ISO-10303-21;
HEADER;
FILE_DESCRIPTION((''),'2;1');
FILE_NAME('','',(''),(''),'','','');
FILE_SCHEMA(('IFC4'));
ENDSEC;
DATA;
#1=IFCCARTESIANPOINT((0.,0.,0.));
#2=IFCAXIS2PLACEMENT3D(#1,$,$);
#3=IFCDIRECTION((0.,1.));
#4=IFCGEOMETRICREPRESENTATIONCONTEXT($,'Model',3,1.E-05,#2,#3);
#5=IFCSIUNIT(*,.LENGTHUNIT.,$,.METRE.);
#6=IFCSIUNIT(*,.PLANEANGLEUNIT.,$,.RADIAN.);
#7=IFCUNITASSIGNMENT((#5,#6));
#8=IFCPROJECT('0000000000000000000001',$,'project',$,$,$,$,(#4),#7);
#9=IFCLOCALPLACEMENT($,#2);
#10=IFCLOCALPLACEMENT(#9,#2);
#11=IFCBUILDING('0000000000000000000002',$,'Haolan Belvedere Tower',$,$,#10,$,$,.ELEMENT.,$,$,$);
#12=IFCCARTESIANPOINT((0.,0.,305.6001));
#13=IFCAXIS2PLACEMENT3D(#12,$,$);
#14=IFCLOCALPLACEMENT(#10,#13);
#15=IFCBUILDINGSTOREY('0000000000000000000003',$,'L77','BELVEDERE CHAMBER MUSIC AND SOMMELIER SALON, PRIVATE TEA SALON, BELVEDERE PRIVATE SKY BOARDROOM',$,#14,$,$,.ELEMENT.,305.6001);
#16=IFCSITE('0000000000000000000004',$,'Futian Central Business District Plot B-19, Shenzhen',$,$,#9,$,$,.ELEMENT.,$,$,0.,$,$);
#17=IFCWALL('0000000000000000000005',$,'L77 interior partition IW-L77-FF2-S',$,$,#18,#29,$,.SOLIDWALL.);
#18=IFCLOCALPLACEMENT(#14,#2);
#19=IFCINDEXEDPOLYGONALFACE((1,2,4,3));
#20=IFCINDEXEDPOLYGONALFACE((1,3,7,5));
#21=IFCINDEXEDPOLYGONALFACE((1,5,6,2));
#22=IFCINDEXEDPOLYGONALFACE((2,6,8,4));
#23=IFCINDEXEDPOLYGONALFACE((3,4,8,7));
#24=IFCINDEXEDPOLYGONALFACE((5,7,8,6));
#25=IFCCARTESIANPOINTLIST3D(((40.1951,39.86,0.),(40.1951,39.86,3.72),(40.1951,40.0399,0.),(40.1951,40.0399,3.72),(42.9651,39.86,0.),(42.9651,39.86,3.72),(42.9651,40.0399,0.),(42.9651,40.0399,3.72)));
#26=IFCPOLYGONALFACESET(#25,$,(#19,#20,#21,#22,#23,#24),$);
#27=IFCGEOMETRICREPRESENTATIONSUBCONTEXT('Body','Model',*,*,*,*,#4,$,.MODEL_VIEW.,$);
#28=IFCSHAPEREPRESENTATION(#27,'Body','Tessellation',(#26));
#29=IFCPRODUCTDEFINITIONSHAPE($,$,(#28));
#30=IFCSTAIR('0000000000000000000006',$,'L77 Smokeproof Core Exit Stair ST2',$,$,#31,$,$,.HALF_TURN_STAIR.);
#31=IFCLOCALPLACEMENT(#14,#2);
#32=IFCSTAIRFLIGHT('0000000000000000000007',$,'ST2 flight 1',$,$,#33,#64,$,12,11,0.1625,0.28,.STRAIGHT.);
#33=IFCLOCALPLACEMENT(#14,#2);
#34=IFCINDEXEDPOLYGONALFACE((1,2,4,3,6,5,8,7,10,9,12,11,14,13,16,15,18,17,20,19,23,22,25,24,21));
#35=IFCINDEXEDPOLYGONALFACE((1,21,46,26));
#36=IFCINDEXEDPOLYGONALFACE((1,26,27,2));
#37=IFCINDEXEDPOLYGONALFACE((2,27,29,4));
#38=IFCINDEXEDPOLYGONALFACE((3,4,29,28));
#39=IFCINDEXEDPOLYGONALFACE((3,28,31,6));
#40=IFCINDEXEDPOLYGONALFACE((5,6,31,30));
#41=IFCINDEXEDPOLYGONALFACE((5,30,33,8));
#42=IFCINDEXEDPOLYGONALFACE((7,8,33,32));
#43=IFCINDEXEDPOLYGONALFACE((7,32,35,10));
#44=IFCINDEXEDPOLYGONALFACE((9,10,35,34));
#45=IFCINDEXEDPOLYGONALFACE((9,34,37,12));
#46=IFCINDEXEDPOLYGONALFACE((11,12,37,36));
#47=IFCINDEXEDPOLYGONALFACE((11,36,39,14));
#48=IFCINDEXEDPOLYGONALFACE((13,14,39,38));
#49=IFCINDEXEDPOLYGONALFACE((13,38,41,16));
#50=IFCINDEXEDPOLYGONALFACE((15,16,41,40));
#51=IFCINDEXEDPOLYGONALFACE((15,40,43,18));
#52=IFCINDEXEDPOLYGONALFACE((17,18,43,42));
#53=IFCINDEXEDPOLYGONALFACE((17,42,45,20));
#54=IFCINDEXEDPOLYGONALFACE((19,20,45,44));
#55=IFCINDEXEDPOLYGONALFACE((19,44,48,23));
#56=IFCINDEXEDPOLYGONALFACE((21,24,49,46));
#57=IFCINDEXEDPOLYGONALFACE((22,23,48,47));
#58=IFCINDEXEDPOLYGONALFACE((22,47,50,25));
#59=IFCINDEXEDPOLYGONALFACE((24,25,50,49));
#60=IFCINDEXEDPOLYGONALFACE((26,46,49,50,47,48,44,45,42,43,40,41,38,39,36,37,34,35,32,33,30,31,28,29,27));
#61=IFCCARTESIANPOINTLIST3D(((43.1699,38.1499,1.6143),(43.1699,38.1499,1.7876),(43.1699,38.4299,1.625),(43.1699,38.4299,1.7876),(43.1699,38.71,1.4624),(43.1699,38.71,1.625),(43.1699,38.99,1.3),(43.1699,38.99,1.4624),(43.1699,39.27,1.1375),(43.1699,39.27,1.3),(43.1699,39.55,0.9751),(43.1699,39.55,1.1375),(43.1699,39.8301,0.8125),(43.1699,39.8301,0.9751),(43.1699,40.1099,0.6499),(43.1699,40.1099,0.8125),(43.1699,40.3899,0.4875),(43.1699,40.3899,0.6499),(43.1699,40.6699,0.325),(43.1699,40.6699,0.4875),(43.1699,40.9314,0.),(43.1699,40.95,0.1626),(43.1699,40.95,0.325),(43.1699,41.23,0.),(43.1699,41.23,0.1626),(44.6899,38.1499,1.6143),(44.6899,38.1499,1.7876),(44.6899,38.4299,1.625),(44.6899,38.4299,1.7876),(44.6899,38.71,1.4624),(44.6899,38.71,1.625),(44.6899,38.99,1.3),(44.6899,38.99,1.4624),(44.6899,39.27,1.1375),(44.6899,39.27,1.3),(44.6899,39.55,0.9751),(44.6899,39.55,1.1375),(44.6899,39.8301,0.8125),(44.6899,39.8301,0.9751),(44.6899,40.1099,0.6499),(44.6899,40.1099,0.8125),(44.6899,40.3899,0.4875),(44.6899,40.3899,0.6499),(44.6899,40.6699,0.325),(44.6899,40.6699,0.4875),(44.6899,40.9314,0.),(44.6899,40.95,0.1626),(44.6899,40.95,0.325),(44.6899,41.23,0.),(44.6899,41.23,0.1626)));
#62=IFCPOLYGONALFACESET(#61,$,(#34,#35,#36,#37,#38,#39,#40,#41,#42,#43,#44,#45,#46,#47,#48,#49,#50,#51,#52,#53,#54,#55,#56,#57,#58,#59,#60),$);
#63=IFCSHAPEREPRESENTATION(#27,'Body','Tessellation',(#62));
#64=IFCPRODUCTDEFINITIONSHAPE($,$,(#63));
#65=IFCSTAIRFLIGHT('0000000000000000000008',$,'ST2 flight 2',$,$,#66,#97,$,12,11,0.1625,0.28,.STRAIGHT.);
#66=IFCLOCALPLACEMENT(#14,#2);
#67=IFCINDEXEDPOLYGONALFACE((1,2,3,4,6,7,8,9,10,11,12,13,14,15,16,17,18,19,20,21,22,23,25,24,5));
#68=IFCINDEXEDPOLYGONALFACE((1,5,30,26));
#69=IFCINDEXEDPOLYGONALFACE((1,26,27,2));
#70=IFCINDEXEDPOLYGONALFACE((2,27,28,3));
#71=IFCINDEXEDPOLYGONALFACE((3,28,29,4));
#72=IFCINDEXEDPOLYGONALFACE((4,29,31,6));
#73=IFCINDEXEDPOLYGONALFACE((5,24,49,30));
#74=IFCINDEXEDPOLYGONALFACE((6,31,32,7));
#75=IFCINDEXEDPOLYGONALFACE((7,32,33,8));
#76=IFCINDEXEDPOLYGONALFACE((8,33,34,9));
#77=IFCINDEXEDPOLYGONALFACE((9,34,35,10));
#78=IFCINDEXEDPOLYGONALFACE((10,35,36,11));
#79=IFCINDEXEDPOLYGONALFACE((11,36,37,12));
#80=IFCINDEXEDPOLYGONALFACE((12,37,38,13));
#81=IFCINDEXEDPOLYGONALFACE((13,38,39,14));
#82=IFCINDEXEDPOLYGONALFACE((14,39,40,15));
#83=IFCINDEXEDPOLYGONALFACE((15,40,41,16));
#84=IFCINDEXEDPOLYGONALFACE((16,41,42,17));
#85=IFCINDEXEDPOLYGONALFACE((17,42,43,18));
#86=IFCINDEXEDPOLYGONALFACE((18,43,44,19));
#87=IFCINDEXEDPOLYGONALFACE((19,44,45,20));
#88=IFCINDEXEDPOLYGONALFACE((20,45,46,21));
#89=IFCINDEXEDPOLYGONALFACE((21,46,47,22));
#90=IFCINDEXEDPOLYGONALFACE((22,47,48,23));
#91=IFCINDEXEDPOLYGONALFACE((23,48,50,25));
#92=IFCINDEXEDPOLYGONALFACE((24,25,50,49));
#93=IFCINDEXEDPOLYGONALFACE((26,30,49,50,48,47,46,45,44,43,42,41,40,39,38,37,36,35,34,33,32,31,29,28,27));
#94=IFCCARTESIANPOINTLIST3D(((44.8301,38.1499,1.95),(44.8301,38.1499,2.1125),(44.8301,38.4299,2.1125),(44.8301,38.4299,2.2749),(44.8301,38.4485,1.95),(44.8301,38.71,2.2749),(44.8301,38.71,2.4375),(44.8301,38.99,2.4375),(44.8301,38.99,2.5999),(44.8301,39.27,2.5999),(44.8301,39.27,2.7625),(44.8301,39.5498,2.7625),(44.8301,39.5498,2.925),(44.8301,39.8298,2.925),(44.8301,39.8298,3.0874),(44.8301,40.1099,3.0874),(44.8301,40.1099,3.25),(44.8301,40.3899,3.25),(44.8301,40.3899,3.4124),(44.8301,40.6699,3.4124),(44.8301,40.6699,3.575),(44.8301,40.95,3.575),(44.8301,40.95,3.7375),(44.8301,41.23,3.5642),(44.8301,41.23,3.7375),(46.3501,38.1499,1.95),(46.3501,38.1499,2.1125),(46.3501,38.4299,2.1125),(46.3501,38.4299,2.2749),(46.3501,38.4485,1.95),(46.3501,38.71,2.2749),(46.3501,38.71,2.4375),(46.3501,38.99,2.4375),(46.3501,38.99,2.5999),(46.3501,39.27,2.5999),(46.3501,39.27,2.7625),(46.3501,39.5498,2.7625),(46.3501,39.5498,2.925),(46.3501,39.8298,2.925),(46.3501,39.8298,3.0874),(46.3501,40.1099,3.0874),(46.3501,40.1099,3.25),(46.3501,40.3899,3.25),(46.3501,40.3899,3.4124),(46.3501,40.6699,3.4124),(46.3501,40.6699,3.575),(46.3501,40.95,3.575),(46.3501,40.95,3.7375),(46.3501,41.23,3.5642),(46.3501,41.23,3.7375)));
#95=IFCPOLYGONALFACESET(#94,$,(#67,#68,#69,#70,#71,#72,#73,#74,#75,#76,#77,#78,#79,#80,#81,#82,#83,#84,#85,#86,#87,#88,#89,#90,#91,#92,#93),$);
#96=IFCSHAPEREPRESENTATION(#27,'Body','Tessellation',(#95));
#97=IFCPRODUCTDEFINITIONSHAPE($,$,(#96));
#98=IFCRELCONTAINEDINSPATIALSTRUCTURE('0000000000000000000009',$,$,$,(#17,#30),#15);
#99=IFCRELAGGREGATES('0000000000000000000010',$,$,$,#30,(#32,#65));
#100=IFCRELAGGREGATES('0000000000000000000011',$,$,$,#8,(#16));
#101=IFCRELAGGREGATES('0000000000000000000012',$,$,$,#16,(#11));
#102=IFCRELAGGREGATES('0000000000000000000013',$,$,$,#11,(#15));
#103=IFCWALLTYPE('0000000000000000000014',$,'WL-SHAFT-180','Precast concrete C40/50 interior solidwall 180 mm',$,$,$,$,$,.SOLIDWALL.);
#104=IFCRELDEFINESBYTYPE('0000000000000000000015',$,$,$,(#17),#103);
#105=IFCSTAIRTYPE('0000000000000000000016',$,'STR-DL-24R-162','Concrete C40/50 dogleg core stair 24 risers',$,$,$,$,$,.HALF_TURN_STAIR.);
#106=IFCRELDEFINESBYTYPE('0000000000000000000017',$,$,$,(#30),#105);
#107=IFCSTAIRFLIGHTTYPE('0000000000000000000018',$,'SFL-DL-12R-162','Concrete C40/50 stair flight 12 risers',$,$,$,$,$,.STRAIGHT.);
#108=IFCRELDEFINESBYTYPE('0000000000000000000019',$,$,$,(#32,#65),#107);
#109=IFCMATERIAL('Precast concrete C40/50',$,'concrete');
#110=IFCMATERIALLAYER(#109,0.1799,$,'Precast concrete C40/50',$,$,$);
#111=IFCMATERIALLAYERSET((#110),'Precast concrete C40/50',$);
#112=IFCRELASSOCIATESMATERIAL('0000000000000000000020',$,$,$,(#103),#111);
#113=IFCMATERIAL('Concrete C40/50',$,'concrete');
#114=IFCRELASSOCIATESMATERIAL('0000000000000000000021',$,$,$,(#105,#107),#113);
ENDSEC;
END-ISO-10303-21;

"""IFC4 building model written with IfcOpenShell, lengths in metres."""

from ifc_helpers import new_model, si_unit, direction, frame, frame_2d, origin, place, context, subcontext, project, spatial, polyline, rectangle, outline, extrude, material, layer, layer_set, type_object, element, aggregate, save


model = new_model("IFC4")

# Units and contexts
model_context = context("Model", 3, precision=1e-05, world=origin(), true_north=direction((0.0, 1.0)))
body_context = subcontext(model_context, "Body", "Model", "MODEL_VIEW")
ifc_project = project(units=[si_unit("LENGTHUNIT", "METRE"), si_unit("PLANEANGLEUNIT", "RADIAN")], contexts=[model_context])

# Site, building, storey
site_placement = place(None, origin())
site = spatial("IfcSite", under=ifc_project, at=site_placement, Name="Futian Central Business District Plot B-19, Shenzhen", CompositionType="ELEMENT", RefElevation=0.0)
building_placement = place(site_placement, origin())
building = spatial("IfcBuilding", under=site, at=building_placement, Name="Haolan Belvedere Tower", CompositionType="ELEMENT")
storey_placement = place(building_placement, frame((0.0, 0.0, 305.6001)))
storey = spatial("IfcBuildingStorey", under=building, at=storey_placement, Name="L77", Description="BELVEDERE CHAMBER MUSIC AND SOMMELIER SALON, PRIVATE TEA SALON, BELVEDERE PRIVATE SKY BOARDROOM", CompositionType="ELEMENT", Elevation=305.6001)

# Shared definitions
ifc_material_1 = material(Name="Precast concrete C40/50", Category="concrete")

# Shared definitions
ifc_material_2 = material(Name="Concrete C40/50", Category="concrete")

# Wall
ifc_layer_1 = layer(ifc_material_1, 0.1799, Name="Precast concrete C40/50")
ifc_layer_set_1 = layer_set([ifc_layer_1], Name="Precast concrete C40/50")
wall_type_1 = type_object("IfcWallType", Name="WL-SHAFT-180", Description="Precast concrete C40/50 interior solidwall 180 mm", PredefinedType="SOLIDWALL", material=ifc_layer_set_1)
wall_1_placement = place(storey_placement, frame((40.1951, 39.95, 0.0), z_axis=(0.0, 0.0, 1.0), x_axis=(1.0, 0.0, 0.0)))
element("IfcWall", 1, at=wall_1_placement, inside=storey, type_object=wall_type_1, Name="L77 interior partition IW-L77-FF2-S", PredefinedType="SOLIDWALL", context=body_context, shape_type="SweptSolid", body=[
    extrude(rectangle(XDim=2.77, YDim=0.1799, at=frame_2d((1.385, 0.0))), origin(), (0.0, 0.0, 1.0), 3.72),
])

# Stair, stair flights
stair_type = type_object("IfcStairType", Name="STR-DL-24R-162", Description="Concrete C40/50 dogleg core stair 24 risers", PredefinedType="HALF_TURN_STAIR", material=ifc_material_2)
stair_placement = place(storey_placement, origin())
stair = element("IfcStair", 2, at=stair_placement, inside=storey, type_object=stair_type, Name="L77 Smokeproof Core Exit Stair ST2", PredefinedType="HALF_TURN_STAIR")
stair_flight_type = type_object("IfcStairFlightType", Name="SFL-DL-12R-162", Description="Concrete C40/50 stair flight 12 risers", PredefinedType="STRAIGHT", material=ifc_material_2)
stair_flight_1_placement = place(storey_placement, frame((43.9299, 41.23, 0.0), z_axis=(0.0, 0.0, 1.0), x_axis=(0.0, -1.0, 0.0)))
stair_flight_1 = element("IfcStairFlight", 3, at=stair_flight_1_placement, type_object=stair_flight_type, Name="ST2 flight 1", NumberOfRisers=12, NumberOfTreads=11, PredefinedType="STRAIGHT", RiserHeight=0.1625, TreadLength=0.28, context=body_context, shape_type="SweptSolid", body=[
    extrude(outline(polyline([(0.0, 0.0), (0.0, 0.1626), (0.28, 0.1626), (0.28, 0.325), (0.5601, 0.325), (0.5601, 0.4875), (0.8401, 0.4875), (0.8401, 0.6499), (1.1201, 0.6499), (1.1201, 0.8125), (1.3999, 0.8125), (1.3999, 0.9751), (1.6799, 0.9751), (1.6799, 1.1375), (1.96, 1.1375), (1.96, 1.3), (2.24, 1.3), (2.24, 1.4624), (2.52, 1.4624), (2.52, 1.625), (2.8, 1.625), (2.8, 1.7876), (3.0801, 1.7876), (3.0801, 1.95), (3.0801, 1.6143), (0.2986, 0.0), (0.0, 0.0)])), frame((0.0, 0.76, 0.0), z_axis=(0.0, -1.0, 0.0), x_axis=(1.0, 0.0, 0.0)), (0.0, 0.0, 1.0), 1.52),
])
stair_flight_2_placement = place(storey_placement, frame((45.5901, 38.1499, 1.95), z_axis=(0.0, 0.0, 1.0), x_axis=(0.0, 1.0, 0.0)))
stair_flight_2 = element("IfcStairFlight", 4, at=stair_flight_2_placement, type_object=stair_flight_type, Name="ST2 flight 2", NumberOfRisers=12, NumberOfTreads=11, PredefinedType="STRAIGHT", RiserHeight=0.1625, TreadLength=0.28, context=body_context, shape_type="SweptSolid", body=[
    extrude(outline(polyline([(0.0, 0.0), (0.0, 0.1626), (0.28, 0.1626), (0.28, 0.325), (0.5601, 0.325), (0.5601, 0.4875), (0.8401, 0.4875), (0.8401, 0.6499), (1.1201, 0.6499), (1.1201, 0.8125), (1.3999, 0.8125), (1.3999, 0.9751), (1.6799, 0.9751), (1.6799, 1.1375), (1.96, 1.1375), (1.96, 1.3), (2.24, 1.3), (2.24, 1.4624), (2.52, 1.4624), (2.52, 1.625), (2.8, 1.625), (2.8, 1.7876), (3.0801, 1.7876), (3.0801, 1.95), (3.0801, 1.6143), (0.2986, 0.0), (0.0, 0.0)])), frame((0.0, 0.76, 0.0), z_axis=(0.0, -1.0, 0.0), x_axis=(1.0, 0.0, 0.0)), (0.0, 0.0, 1.0), 1.52),
])
aggregate(stair, [stair_flight_1, stair_flight_2])

save(model, "model.ifc")
